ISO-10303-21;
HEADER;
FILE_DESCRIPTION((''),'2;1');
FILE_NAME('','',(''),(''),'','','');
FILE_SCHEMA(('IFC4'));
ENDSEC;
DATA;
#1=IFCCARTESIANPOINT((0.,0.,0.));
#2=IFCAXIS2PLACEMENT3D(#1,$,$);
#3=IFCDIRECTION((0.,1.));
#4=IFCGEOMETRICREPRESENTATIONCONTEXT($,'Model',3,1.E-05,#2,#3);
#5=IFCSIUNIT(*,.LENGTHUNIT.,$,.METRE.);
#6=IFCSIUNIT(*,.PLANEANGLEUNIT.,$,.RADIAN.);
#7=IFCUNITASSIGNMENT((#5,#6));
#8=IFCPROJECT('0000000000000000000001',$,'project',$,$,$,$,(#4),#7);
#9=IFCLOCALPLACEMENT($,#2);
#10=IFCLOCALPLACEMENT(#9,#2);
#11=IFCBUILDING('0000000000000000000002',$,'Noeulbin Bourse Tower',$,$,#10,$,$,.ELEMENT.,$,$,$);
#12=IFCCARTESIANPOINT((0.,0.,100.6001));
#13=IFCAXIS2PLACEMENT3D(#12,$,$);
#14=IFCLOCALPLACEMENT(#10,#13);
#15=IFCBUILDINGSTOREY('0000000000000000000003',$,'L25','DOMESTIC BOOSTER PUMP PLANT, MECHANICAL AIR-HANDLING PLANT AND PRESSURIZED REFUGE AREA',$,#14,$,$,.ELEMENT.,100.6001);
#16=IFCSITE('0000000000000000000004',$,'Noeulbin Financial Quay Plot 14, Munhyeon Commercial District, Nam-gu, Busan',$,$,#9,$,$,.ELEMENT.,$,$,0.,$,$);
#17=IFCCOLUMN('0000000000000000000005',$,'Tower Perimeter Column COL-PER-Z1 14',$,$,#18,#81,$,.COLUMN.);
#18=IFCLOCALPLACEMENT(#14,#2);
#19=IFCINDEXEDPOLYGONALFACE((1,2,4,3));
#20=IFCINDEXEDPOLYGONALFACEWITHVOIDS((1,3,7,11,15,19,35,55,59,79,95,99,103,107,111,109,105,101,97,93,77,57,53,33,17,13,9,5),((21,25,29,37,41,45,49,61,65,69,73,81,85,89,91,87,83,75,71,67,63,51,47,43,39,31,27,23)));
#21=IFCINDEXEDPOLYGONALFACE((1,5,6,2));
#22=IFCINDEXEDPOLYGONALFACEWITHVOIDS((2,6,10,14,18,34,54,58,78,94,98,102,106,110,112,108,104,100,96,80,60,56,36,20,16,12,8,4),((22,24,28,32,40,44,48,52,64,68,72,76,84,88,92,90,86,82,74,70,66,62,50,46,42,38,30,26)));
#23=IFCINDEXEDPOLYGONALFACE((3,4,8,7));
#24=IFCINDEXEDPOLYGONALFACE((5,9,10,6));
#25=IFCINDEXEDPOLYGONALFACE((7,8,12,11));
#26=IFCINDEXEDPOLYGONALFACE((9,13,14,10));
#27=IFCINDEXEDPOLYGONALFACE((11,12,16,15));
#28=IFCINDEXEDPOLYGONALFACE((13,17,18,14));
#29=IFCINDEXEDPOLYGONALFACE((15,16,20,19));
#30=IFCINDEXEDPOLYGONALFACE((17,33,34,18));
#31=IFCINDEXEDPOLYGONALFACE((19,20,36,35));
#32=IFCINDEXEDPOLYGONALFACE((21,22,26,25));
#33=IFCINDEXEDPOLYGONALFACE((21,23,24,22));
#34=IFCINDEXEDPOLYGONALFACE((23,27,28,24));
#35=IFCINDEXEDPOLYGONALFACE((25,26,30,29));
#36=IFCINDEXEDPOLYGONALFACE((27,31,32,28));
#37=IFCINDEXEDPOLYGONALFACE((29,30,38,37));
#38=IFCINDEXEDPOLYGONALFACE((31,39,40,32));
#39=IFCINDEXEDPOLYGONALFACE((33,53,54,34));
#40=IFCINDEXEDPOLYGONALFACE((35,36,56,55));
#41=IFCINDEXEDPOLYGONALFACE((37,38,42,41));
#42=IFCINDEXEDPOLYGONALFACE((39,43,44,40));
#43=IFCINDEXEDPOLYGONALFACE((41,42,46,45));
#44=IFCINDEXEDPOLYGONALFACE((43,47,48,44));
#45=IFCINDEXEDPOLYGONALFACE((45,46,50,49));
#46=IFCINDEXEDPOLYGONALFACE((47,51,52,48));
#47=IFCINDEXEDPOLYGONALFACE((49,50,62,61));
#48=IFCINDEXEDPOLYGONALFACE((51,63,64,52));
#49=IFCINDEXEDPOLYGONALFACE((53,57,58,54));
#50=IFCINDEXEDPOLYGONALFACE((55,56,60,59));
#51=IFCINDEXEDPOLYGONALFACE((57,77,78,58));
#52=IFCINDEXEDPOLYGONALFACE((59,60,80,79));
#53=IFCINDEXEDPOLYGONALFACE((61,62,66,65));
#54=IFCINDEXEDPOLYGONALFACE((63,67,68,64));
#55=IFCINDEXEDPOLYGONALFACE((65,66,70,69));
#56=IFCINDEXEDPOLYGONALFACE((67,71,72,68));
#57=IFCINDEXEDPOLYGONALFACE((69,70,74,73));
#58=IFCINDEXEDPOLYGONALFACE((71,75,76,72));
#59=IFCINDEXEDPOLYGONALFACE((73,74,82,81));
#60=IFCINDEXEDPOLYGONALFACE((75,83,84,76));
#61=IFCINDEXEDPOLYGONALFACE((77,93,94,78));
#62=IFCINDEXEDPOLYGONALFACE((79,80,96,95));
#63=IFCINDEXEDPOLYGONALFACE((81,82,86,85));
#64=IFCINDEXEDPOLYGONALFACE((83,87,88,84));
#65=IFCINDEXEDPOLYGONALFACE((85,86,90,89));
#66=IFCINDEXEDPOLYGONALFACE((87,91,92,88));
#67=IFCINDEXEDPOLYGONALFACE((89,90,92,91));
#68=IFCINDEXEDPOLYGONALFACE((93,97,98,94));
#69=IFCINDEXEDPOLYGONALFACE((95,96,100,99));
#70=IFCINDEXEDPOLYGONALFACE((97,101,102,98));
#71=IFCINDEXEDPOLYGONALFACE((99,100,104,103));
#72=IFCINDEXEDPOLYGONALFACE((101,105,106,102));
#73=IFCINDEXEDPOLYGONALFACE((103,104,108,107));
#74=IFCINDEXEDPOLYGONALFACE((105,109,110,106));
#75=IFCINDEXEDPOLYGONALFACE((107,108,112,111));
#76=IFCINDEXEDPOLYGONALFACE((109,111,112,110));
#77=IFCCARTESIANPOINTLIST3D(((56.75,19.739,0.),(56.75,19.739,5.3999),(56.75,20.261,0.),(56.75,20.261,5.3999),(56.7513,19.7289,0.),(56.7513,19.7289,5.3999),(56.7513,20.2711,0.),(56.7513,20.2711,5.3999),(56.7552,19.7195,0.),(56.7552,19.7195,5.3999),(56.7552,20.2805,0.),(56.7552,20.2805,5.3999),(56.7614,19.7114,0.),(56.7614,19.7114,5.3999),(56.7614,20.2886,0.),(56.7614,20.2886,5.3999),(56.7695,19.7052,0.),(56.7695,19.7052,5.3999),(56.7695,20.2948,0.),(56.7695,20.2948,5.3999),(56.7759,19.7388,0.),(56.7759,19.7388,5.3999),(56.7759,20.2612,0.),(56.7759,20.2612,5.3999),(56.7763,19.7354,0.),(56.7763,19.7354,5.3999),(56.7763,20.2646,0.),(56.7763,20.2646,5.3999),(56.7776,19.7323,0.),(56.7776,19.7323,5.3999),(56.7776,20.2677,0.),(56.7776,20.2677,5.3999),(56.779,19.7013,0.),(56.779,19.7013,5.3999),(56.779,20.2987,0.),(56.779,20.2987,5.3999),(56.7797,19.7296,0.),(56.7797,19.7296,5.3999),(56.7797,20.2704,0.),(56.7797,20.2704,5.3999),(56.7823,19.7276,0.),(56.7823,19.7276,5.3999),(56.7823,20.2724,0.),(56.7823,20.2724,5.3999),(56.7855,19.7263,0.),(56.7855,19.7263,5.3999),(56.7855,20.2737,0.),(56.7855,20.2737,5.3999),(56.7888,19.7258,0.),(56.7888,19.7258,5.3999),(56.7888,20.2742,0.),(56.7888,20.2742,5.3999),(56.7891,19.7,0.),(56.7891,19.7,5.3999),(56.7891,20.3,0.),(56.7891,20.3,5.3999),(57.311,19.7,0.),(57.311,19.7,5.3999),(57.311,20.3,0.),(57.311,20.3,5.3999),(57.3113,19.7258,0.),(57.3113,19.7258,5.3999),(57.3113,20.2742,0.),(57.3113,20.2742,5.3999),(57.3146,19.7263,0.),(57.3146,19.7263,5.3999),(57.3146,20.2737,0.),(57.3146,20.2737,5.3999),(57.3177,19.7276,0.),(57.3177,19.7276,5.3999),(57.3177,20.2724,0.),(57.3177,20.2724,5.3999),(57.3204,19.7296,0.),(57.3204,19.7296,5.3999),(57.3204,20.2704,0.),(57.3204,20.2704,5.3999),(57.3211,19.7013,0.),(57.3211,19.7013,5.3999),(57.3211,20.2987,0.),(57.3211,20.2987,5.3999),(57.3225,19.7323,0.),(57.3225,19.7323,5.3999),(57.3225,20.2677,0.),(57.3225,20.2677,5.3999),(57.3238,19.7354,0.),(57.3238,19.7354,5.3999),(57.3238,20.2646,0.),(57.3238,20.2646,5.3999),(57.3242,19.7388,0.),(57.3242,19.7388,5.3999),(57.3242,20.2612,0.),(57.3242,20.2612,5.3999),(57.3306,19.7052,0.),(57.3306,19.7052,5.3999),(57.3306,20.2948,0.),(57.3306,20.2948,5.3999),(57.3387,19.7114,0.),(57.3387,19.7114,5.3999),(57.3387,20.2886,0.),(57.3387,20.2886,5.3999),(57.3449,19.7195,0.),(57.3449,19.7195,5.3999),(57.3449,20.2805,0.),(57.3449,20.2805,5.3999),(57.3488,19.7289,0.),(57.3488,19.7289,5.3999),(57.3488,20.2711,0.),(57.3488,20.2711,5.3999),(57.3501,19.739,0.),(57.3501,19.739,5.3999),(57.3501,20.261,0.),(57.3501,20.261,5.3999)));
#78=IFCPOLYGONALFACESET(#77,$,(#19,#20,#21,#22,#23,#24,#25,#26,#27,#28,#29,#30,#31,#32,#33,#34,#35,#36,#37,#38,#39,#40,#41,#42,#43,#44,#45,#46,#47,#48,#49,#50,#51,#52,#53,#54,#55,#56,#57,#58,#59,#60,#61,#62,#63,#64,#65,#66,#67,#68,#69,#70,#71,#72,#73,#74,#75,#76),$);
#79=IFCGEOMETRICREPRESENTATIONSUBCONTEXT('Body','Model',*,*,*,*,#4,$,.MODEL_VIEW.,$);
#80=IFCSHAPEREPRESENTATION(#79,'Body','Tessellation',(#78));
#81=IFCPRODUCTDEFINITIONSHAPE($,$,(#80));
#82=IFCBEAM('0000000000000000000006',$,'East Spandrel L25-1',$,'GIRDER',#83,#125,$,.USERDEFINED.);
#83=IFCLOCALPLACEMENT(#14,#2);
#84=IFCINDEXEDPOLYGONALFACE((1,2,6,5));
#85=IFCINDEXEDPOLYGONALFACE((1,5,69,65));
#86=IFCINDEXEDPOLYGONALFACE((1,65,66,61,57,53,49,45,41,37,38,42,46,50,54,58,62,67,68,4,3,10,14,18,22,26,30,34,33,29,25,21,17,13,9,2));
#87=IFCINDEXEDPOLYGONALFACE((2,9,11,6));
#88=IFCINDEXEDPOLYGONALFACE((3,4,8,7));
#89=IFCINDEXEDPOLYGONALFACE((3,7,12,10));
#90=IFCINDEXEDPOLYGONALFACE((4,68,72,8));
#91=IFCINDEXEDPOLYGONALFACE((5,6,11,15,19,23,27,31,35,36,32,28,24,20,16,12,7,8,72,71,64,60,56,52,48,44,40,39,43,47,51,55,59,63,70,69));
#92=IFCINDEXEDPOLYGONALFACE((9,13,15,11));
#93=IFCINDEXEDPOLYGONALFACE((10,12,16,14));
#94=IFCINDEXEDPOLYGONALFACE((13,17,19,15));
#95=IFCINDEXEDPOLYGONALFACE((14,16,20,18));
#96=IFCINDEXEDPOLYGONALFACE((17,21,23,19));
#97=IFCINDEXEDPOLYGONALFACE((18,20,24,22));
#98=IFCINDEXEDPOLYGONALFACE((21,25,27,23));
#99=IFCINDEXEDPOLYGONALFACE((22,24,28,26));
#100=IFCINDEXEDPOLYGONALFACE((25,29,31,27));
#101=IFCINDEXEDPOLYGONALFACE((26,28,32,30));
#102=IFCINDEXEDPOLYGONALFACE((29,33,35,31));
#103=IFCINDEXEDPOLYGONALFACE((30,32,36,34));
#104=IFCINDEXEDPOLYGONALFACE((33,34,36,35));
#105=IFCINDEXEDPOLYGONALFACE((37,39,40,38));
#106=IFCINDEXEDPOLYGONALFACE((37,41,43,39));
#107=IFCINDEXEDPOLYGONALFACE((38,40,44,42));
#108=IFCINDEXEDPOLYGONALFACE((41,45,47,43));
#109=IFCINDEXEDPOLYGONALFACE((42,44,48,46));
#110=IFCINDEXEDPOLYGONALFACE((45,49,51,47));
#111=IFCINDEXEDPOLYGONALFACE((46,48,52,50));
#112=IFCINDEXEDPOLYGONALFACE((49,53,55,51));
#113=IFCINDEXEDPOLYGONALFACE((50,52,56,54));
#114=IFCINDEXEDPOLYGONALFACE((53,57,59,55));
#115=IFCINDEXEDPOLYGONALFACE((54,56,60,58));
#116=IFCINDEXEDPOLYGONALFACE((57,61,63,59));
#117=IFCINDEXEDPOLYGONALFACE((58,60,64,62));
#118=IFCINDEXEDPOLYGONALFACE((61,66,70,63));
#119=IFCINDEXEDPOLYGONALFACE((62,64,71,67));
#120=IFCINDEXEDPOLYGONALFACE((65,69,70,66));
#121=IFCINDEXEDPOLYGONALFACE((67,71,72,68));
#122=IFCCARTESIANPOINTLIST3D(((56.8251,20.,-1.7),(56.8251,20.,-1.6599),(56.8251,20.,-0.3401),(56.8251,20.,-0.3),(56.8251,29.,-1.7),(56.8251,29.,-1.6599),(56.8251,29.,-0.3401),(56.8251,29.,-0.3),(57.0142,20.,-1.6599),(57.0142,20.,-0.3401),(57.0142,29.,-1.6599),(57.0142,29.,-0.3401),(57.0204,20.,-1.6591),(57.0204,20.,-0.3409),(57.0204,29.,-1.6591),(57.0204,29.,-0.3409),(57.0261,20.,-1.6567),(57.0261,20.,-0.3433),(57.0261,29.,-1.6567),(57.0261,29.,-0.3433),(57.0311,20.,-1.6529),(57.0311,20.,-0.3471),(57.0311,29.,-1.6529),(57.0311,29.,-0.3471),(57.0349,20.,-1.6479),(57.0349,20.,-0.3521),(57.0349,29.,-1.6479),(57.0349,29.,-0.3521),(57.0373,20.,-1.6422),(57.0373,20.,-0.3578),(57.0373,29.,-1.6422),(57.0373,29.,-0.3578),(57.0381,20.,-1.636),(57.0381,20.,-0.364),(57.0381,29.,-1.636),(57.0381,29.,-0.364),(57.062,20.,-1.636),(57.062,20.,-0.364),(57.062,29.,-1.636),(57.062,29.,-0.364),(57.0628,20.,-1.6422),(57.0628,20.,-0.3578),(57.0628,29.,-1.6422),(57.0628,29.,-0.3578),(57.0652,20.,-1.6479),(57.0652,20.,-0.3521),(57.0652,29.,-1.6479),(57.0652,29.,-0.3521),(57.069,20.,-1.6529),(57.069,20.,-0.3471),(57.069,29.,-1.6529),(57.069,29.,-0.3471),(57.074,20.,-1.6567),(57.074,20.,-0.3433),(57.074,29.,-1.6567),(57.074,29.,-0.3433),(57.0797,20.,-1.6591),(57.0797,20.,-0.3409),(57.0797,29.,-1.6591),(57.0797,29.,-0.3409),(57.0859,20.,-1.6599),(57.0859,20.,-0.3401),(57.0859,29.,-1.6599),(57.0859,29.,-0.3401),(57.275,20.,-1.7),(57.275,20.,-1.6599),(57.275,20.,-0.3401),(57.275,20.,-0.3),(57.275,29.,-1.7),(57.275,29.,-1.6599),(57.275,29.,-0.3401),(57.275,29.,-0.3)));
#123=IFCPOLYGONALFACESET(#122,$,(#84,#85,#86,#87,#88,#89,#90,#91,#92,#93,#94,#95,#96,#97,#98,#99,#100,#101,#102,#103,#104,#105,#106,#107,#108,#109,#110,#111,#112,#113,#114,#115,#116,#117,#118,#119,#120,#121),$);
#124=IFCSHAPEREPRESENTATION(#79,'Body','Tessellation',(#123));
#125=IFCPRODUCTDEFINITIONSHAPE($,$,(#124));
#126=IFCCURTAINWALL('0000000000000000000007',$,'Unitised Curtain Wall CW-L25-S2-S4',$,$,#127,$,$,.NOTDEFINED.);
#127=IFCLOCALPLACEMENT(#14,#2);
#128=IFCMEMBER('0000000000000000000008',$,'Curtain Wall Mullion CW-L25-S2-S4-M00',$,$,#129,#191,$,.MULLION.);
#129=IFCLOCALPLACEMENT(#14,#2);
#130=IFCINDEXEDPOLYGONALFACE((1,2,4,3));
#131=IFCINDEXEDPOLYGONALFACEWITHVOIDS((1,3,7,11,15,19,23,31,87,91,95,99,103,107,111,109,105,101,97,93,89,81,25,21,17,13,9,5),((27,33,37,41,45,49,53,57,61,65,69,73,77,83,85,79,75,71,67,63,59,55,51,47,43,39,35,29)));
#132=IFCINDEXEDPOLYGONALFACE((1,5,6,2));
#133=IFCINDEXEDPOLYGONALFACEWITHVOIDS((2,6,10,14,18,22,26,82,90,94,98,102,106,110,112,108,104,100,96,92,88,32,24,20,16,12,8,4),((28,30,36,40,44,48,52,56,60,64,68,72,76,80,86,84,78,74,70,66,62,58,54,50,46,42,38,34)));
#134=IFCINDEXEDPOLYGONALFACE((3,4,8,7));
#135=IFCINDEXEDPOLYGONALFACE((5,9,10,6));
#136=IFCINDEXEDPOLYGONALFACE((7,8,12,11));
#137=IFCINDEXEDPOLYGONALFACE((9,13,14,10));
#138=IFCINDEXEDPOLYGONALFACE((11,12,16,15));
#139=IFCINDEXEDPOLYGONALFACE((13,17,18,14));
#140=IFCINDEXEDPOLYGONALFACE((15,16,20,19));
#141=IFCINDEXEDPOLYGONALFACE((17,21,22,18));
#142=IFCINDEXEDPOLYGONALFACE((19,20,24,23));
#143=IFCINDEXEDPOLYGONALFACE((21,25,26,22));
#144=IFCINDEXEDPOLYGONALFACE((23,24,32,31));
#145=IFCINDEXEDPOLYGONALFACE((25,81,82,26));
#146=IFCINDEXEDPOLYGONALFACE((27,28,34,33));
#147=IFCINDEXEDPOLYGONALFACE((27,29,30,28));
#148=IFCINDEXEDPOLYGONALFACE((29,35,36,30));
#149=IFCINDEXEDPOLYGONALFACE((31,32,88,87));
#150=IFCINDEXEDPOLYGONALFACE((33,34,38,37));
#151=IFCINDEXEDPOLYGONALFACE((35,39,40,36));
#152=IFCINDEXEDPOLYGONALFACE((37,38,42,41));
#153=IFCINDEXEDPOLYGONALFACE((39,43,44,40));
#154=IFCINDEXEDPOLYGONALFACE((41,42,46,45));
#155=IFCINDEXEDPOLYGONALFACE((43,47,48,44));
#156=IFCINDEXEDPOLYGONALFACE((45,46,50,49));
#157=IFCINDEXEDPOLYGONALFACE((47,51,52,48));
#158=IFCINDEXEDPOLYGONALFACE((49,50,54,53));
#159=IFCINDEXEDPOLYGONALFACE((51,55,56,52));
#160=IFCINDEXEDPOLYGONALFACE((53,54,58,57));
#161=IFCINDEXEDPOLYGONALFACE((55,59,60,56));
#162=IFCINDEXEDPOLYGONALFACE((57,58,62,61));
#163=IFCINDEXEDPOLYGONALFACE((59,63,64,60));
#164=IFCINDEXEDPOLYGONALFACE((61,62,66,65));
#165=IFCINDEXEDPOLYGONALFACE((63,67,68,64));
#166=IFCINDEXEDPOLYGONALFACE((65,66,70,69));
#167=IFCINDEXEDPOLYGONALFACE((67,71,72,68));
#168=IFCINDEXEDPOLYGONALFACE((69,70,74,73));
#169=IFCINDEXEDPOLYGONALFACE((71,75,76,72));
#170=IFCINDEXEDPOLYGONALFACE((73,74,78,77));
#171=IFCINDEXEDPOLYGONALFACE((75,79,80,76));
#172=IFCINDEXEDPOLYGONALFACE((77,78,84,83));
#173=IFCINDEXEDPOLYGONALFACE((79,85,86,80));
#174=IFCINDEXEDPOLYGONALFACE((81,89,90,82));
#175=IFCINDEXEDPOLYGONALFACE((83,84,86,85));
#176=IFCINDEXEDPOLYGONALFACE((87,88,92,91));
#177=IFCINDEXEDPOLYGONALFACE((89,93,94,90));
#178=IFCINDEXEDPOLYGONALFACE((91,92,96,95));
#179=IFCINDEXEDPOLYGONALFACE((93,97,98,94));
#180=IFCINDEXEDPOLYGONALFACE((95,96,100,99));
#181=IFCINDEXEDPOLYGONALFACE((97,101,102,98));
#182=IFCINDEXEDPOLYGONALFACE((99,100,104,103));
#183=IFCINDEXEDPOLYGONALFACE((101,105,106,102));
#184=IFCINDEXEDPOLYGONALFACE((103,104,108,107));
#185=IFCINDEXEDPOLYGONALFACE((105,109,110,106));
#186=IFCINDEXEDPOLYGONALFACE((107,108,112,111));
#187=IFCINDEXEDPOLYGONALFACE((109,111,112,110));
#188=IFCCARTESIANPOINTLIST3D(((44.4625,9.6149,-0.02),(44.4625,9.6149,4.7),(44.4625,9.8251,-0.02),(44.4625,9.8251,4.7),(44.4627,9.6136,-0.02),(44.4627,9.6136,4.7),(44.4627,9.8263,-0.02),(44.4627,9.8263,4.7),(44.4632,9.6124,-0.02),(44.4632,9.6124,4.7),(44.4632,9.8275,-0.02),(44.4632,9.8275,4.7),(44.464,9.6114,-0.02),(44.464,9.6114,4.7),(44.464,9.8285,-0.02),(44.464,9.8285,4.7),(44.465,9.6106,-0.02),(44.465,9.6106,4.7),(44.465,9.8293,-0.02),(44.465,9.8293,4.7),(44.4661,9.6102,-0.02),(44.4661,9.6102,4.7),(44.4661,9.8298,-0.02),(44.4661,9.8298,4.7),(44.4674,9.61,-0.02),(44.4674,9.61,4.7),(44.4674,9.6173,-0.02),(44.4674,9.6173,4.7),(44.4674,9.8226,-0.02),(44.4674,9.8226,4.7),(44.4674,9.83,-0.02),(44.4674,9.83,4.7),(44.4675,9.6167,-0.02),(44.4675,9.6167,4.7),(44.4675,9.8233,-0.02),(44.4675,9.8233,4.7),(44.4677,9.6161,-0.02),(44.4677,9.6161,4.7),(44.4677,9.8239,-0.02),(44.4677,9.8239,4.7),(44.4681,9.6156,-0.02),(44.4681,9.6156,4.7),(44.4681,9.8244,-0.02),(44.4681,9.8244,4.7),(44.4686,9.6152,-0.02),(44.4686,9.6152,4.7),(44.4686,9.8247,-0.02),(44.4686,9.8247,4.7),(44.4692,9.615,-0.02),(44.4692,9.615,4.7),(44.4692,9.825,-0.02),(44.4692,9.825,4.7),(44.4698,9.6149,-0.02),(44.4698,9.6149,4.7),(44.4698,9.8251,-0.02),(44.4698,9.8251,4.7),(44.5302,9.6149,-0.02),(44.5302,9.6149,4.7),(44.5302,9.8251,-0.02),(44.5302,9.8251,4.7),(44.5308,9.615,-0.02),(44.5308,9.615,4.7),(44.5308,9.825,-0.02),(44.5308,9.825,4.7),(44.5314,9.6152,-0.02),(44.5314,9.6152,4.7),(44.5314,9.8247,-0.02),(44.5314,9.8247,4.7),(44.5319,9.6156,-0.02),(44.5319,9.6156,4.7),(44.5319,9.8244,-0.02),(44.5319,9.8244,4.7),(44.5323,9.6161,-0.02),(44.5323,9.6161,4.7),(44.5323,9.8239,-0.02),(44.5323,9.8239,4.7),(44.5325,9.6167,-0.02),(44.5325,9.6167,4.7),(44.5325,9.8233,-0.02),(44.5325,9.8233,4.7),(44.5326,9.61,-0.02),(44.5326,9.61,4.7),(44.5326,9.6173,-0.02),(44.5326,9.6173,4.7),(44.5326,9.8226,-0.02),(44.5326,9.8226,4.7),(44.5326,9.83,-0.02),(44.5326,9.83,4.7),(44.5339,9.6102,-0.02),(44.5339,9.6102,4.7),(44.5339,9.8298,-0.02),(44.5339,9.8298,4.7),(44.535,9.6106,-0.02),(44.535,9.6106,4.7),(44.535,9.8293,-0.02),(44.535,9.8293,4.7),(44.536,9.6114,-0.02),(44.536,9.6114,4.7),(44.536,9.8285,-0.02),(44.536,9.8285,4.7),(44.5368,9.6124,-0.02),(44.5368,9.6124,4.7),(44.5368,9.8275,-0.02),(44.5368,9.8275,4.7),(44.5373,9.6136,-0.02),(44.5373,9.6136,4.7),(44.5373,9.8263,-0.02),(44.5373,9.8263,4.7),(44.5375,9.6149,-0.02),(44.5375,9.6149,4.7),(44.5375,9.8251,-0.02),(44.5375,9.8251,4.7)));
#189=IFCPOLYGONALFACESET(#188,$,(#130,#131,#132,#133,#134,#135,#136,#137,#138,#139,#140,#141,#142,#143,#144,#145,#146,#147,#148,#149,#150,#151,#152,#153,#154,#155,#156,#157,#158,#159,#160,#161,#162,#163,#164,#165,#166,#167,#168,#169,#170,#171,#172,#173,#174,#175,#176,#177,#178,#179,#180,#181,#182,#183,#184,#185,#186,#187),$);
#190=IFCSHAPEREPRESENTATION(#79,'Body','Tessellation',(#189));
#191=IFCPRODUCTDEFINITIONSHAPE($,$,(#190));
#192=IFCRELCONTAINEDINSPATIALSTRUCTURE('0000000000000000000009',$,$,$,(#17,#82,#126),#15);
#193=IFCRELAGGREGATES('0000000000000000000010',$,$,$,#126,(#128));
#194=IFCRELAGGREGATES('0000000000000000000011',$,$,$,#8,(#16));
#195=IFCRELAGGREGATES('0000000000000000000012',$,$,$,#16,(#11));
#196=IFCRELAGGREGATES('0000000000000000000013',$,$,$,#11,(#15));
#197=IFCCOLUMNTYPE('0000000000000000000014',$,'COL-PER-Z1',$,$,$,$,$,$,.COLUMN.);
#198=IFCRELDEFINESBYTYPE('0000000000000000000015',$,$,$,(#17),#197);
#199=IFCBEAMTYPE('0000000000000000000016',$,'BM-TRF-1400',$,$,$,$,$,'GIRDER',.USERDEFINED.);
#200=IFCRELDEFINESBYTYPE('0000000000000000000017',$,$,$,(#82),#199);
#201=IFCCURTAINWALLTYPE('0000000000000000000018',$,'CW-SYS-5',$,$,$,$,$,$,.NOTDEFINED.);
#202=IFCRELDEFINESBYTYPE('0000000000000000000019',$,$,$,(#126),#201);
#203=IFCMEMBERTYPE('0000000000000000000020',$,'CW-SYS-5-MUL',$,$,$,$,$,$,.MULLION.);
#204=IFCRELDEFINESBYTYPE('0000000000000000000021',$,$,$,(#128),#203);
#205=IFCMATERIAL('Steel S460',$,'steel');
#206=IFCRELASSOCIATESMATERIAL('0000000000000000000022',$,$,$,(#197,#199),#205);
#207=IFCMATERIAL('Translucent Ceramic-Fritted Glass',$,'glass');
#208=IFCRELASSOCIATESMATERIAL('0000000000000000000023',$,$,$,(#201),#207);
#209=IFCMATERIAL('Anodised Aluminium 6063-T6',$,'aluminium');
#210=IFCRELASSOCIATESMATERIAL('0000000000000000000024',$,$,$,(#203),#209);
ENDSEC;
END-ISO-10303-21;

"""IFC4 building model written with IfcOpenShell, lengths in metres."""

from ifc_helpers import new_model, si_unit, direction, frame, origin, origin_2d, place, context, subcontext, project, spatial, hollow_rectangle, i_section, extrude, material, material_profile, profile_set, type_object, element, aggregate, save


model = new_model("IFC4")

# Units and contexts
model_context = context("Model", 3, precision=1e-05, world=origin(), true_north=direction((0.0, 1.0)))
body_context = subcontext(model_context, "Body", "Model", "MODEL_VIEW")
ifc_project = project(units=[si_unit("LENGTHUNIT", "METRE"), si_unit("PLANEANGLEUNIT", "RADIAN")], contexts=[model_context])

# Site, building, storey
site_placement = place(None, origin())
site = spatial("IfcSite", under=ifc_project, at=site_placement, Name="Noeulbin Financial Quay Plot 14, Munhyeon Commercial District, Nam-gu, Busan", CompositionType="ELEMENT", RefElevation=0.0)
building_placement = place(site_placement, origin())
building = spatial("IfcBuilding", under=site, at=building_placement, Name="Noeulbin Bourse Tower", CompositionType="ELEMENT")
storey_placement = place(building_placement, frame((0.0, 0.0, 100.6001)))
storey = spatial("IfcBuildingStorey", under=building, at=storey_placement, Name="L25", Description="DOMESTIC BOOSTER PUMP PLANT, MECHANICAL AIR-HANDLING PLANT AND PRESSURIZED REFUGE AREA", CompositionType="ELEMENT", Elevation=100.6001)

# Column
ifc_material_1 = material(Name="Steel S460", Category="steel")
ifc_material_profile_1 = material_profile(ifc_material_1, hollow_rectangle(XDim=0.6001, YDim=0.6001, WallThickness=0.0259, InnerFilletRadius=0.0129, OuterFilletRadius=0.0391, at=origin_2d()), Name="BOX-600x600x26", Category="LoadBearing")
ifc_profile_set_1 = profile_set([ifc_material_profile_1], Name="Steel S460")
column_type = type_object("IfcColumnType", Name="COL-PER-Z1", PredefinedType="COLUMN", material=ifc_profile_set_1)
column_placement = place(storey_placement, frame((57.05, 20.0, 0.0), z_axis=(0.0, 0.0, 1.0), x_axis=(1.0, 0.0, 0.0)))
element("IfcColumn", 1, at=column_placement, inside=storey, type_object=column_type, Name="Tower Perimeter Column COL-PER-Z1 14", PredefinedType="COLUMN", context=body_context, shape_type="SweptSolid", body=[
    extrude(hollow_rectangle(XDim=0.6001, YDim=0.6001, WallThickness=0.0259, InnerFilletRadius=0.0129, OuterFilletRadius=0.0391, at=origin_2d()), origin(), (0.0, 0.0, 1.0), 5.3999),
])

# Beam
ifc_material_profile_2 = material_profile(ifc_material_1, i_section(OverallWidth=0.45, OverallDepth=1.3999, WebThickness=0.0239, FlangeThickness=0.04, FilletRadius=0.0239, at=origin_2d()), Name="PG-1400x450x24x40", Category="LoadBearing")
ifc_profile_set_2 = profile_set([ifc_material_profile_2], Name="Steel S460")
beam_type = type_object("IfcBeamType", Name="BM-TRF-1400", ElementType="GIRDER", PredefinedType="USERDEFINED", material=ifc_profile_set_2)
beam_placement = place(storey_placement, frame((57.05, 20.0, -1.0), z_axis=(0.0, 1.0, 0.0), x_axis=(-1.0, 0.0, 0.0)))
element("IfcBeam", 2, at=beam_placement, inside=storey, type_object=beam_type, Name="East Spandrel L25-1", ObjectType="GIRDER", PredefinedType="USERDEFINED", context=body_context, shape_type="SweptSolid", body=[
    extrude(i_section(OverallWidth=0.45, OverallDepth=1.3999, WebThickness=0.0239, FlangeThickness=0.04, FilletRadius=0.0239, at=origin_2d()), origin(), (0.0, 0.0, 1.0), 9.0),
])

# Curtain wall, member
ifc_material_2 = material(Name="Translucent Ceramic-Fritted Glass", Category="glass")
curtain_wall_type = type_object("IfcCurtainWallType", Name="CW-SYS-5", PredefinedType="NOTDEFINED", material=ifc_material_2)
curtain_wall_1_placement = place(storey_placement, origin())
curtain_wall_1 = element("IfcCurtainWall", 3, at=curtain_wall_1_placement, inside=storey, type_object=curtain_wall_type, Name="Unitised Curtain Wall CW-L25-S2-S4", PredefinedType="NOTDEFINED")
ifc_material_3 = material(Name="Anodised Aluminium 6063-T6", Category="aluminium")
ifc_material_profile_3 = material_profile(ifc_material_3, hollow_rectangle(XDim=0.075, YDim=0.22, WallThickness=0.0049, InnerFilletRadius=0.0024, OuterFilletRadius=0.0049, at=origin_2d()), Name="ALU-MULL-75x220x5", Category="LoadBearing")
ifc_profile_set_3 = profile_set([ifc_material_profile_3], Name="Anodised Aluminium 6063-T6")
member_type_1 = type_object("IfcMemberType", Name="CW-SYS-5-MUL", PredefinedType="MULLION", material=ifc_profile_set_3)
member_1_placement = place(storey_placement, frame((44.5, 9.72, -0.02), z_axis=(0.0, 0.0, 1.0), x_axis=(1.0, 0.0, 0.0)))
member_1 = element("IfcMember", 4, at=member_1_placement, type_object=member_type_1, Name="Curtain Wall Mullion CW-L25-S2-S4-M00", PredefinedType="MULLION", context=body_context, shape_type="SweptSolid", body=[
    extrude(hollow_rectangle(XDim=0.075, YDim=0.22, WallThickness=0.0049, InnerFilletRadius=0.0024, OuterFilletRadius=0.0049, at=origin_2d()), origin(), (0.0, 0.0, 1.0), 4.72),
])

aggregate(curtain_wall_1, [member_1])

save(model, "model.ifc")
